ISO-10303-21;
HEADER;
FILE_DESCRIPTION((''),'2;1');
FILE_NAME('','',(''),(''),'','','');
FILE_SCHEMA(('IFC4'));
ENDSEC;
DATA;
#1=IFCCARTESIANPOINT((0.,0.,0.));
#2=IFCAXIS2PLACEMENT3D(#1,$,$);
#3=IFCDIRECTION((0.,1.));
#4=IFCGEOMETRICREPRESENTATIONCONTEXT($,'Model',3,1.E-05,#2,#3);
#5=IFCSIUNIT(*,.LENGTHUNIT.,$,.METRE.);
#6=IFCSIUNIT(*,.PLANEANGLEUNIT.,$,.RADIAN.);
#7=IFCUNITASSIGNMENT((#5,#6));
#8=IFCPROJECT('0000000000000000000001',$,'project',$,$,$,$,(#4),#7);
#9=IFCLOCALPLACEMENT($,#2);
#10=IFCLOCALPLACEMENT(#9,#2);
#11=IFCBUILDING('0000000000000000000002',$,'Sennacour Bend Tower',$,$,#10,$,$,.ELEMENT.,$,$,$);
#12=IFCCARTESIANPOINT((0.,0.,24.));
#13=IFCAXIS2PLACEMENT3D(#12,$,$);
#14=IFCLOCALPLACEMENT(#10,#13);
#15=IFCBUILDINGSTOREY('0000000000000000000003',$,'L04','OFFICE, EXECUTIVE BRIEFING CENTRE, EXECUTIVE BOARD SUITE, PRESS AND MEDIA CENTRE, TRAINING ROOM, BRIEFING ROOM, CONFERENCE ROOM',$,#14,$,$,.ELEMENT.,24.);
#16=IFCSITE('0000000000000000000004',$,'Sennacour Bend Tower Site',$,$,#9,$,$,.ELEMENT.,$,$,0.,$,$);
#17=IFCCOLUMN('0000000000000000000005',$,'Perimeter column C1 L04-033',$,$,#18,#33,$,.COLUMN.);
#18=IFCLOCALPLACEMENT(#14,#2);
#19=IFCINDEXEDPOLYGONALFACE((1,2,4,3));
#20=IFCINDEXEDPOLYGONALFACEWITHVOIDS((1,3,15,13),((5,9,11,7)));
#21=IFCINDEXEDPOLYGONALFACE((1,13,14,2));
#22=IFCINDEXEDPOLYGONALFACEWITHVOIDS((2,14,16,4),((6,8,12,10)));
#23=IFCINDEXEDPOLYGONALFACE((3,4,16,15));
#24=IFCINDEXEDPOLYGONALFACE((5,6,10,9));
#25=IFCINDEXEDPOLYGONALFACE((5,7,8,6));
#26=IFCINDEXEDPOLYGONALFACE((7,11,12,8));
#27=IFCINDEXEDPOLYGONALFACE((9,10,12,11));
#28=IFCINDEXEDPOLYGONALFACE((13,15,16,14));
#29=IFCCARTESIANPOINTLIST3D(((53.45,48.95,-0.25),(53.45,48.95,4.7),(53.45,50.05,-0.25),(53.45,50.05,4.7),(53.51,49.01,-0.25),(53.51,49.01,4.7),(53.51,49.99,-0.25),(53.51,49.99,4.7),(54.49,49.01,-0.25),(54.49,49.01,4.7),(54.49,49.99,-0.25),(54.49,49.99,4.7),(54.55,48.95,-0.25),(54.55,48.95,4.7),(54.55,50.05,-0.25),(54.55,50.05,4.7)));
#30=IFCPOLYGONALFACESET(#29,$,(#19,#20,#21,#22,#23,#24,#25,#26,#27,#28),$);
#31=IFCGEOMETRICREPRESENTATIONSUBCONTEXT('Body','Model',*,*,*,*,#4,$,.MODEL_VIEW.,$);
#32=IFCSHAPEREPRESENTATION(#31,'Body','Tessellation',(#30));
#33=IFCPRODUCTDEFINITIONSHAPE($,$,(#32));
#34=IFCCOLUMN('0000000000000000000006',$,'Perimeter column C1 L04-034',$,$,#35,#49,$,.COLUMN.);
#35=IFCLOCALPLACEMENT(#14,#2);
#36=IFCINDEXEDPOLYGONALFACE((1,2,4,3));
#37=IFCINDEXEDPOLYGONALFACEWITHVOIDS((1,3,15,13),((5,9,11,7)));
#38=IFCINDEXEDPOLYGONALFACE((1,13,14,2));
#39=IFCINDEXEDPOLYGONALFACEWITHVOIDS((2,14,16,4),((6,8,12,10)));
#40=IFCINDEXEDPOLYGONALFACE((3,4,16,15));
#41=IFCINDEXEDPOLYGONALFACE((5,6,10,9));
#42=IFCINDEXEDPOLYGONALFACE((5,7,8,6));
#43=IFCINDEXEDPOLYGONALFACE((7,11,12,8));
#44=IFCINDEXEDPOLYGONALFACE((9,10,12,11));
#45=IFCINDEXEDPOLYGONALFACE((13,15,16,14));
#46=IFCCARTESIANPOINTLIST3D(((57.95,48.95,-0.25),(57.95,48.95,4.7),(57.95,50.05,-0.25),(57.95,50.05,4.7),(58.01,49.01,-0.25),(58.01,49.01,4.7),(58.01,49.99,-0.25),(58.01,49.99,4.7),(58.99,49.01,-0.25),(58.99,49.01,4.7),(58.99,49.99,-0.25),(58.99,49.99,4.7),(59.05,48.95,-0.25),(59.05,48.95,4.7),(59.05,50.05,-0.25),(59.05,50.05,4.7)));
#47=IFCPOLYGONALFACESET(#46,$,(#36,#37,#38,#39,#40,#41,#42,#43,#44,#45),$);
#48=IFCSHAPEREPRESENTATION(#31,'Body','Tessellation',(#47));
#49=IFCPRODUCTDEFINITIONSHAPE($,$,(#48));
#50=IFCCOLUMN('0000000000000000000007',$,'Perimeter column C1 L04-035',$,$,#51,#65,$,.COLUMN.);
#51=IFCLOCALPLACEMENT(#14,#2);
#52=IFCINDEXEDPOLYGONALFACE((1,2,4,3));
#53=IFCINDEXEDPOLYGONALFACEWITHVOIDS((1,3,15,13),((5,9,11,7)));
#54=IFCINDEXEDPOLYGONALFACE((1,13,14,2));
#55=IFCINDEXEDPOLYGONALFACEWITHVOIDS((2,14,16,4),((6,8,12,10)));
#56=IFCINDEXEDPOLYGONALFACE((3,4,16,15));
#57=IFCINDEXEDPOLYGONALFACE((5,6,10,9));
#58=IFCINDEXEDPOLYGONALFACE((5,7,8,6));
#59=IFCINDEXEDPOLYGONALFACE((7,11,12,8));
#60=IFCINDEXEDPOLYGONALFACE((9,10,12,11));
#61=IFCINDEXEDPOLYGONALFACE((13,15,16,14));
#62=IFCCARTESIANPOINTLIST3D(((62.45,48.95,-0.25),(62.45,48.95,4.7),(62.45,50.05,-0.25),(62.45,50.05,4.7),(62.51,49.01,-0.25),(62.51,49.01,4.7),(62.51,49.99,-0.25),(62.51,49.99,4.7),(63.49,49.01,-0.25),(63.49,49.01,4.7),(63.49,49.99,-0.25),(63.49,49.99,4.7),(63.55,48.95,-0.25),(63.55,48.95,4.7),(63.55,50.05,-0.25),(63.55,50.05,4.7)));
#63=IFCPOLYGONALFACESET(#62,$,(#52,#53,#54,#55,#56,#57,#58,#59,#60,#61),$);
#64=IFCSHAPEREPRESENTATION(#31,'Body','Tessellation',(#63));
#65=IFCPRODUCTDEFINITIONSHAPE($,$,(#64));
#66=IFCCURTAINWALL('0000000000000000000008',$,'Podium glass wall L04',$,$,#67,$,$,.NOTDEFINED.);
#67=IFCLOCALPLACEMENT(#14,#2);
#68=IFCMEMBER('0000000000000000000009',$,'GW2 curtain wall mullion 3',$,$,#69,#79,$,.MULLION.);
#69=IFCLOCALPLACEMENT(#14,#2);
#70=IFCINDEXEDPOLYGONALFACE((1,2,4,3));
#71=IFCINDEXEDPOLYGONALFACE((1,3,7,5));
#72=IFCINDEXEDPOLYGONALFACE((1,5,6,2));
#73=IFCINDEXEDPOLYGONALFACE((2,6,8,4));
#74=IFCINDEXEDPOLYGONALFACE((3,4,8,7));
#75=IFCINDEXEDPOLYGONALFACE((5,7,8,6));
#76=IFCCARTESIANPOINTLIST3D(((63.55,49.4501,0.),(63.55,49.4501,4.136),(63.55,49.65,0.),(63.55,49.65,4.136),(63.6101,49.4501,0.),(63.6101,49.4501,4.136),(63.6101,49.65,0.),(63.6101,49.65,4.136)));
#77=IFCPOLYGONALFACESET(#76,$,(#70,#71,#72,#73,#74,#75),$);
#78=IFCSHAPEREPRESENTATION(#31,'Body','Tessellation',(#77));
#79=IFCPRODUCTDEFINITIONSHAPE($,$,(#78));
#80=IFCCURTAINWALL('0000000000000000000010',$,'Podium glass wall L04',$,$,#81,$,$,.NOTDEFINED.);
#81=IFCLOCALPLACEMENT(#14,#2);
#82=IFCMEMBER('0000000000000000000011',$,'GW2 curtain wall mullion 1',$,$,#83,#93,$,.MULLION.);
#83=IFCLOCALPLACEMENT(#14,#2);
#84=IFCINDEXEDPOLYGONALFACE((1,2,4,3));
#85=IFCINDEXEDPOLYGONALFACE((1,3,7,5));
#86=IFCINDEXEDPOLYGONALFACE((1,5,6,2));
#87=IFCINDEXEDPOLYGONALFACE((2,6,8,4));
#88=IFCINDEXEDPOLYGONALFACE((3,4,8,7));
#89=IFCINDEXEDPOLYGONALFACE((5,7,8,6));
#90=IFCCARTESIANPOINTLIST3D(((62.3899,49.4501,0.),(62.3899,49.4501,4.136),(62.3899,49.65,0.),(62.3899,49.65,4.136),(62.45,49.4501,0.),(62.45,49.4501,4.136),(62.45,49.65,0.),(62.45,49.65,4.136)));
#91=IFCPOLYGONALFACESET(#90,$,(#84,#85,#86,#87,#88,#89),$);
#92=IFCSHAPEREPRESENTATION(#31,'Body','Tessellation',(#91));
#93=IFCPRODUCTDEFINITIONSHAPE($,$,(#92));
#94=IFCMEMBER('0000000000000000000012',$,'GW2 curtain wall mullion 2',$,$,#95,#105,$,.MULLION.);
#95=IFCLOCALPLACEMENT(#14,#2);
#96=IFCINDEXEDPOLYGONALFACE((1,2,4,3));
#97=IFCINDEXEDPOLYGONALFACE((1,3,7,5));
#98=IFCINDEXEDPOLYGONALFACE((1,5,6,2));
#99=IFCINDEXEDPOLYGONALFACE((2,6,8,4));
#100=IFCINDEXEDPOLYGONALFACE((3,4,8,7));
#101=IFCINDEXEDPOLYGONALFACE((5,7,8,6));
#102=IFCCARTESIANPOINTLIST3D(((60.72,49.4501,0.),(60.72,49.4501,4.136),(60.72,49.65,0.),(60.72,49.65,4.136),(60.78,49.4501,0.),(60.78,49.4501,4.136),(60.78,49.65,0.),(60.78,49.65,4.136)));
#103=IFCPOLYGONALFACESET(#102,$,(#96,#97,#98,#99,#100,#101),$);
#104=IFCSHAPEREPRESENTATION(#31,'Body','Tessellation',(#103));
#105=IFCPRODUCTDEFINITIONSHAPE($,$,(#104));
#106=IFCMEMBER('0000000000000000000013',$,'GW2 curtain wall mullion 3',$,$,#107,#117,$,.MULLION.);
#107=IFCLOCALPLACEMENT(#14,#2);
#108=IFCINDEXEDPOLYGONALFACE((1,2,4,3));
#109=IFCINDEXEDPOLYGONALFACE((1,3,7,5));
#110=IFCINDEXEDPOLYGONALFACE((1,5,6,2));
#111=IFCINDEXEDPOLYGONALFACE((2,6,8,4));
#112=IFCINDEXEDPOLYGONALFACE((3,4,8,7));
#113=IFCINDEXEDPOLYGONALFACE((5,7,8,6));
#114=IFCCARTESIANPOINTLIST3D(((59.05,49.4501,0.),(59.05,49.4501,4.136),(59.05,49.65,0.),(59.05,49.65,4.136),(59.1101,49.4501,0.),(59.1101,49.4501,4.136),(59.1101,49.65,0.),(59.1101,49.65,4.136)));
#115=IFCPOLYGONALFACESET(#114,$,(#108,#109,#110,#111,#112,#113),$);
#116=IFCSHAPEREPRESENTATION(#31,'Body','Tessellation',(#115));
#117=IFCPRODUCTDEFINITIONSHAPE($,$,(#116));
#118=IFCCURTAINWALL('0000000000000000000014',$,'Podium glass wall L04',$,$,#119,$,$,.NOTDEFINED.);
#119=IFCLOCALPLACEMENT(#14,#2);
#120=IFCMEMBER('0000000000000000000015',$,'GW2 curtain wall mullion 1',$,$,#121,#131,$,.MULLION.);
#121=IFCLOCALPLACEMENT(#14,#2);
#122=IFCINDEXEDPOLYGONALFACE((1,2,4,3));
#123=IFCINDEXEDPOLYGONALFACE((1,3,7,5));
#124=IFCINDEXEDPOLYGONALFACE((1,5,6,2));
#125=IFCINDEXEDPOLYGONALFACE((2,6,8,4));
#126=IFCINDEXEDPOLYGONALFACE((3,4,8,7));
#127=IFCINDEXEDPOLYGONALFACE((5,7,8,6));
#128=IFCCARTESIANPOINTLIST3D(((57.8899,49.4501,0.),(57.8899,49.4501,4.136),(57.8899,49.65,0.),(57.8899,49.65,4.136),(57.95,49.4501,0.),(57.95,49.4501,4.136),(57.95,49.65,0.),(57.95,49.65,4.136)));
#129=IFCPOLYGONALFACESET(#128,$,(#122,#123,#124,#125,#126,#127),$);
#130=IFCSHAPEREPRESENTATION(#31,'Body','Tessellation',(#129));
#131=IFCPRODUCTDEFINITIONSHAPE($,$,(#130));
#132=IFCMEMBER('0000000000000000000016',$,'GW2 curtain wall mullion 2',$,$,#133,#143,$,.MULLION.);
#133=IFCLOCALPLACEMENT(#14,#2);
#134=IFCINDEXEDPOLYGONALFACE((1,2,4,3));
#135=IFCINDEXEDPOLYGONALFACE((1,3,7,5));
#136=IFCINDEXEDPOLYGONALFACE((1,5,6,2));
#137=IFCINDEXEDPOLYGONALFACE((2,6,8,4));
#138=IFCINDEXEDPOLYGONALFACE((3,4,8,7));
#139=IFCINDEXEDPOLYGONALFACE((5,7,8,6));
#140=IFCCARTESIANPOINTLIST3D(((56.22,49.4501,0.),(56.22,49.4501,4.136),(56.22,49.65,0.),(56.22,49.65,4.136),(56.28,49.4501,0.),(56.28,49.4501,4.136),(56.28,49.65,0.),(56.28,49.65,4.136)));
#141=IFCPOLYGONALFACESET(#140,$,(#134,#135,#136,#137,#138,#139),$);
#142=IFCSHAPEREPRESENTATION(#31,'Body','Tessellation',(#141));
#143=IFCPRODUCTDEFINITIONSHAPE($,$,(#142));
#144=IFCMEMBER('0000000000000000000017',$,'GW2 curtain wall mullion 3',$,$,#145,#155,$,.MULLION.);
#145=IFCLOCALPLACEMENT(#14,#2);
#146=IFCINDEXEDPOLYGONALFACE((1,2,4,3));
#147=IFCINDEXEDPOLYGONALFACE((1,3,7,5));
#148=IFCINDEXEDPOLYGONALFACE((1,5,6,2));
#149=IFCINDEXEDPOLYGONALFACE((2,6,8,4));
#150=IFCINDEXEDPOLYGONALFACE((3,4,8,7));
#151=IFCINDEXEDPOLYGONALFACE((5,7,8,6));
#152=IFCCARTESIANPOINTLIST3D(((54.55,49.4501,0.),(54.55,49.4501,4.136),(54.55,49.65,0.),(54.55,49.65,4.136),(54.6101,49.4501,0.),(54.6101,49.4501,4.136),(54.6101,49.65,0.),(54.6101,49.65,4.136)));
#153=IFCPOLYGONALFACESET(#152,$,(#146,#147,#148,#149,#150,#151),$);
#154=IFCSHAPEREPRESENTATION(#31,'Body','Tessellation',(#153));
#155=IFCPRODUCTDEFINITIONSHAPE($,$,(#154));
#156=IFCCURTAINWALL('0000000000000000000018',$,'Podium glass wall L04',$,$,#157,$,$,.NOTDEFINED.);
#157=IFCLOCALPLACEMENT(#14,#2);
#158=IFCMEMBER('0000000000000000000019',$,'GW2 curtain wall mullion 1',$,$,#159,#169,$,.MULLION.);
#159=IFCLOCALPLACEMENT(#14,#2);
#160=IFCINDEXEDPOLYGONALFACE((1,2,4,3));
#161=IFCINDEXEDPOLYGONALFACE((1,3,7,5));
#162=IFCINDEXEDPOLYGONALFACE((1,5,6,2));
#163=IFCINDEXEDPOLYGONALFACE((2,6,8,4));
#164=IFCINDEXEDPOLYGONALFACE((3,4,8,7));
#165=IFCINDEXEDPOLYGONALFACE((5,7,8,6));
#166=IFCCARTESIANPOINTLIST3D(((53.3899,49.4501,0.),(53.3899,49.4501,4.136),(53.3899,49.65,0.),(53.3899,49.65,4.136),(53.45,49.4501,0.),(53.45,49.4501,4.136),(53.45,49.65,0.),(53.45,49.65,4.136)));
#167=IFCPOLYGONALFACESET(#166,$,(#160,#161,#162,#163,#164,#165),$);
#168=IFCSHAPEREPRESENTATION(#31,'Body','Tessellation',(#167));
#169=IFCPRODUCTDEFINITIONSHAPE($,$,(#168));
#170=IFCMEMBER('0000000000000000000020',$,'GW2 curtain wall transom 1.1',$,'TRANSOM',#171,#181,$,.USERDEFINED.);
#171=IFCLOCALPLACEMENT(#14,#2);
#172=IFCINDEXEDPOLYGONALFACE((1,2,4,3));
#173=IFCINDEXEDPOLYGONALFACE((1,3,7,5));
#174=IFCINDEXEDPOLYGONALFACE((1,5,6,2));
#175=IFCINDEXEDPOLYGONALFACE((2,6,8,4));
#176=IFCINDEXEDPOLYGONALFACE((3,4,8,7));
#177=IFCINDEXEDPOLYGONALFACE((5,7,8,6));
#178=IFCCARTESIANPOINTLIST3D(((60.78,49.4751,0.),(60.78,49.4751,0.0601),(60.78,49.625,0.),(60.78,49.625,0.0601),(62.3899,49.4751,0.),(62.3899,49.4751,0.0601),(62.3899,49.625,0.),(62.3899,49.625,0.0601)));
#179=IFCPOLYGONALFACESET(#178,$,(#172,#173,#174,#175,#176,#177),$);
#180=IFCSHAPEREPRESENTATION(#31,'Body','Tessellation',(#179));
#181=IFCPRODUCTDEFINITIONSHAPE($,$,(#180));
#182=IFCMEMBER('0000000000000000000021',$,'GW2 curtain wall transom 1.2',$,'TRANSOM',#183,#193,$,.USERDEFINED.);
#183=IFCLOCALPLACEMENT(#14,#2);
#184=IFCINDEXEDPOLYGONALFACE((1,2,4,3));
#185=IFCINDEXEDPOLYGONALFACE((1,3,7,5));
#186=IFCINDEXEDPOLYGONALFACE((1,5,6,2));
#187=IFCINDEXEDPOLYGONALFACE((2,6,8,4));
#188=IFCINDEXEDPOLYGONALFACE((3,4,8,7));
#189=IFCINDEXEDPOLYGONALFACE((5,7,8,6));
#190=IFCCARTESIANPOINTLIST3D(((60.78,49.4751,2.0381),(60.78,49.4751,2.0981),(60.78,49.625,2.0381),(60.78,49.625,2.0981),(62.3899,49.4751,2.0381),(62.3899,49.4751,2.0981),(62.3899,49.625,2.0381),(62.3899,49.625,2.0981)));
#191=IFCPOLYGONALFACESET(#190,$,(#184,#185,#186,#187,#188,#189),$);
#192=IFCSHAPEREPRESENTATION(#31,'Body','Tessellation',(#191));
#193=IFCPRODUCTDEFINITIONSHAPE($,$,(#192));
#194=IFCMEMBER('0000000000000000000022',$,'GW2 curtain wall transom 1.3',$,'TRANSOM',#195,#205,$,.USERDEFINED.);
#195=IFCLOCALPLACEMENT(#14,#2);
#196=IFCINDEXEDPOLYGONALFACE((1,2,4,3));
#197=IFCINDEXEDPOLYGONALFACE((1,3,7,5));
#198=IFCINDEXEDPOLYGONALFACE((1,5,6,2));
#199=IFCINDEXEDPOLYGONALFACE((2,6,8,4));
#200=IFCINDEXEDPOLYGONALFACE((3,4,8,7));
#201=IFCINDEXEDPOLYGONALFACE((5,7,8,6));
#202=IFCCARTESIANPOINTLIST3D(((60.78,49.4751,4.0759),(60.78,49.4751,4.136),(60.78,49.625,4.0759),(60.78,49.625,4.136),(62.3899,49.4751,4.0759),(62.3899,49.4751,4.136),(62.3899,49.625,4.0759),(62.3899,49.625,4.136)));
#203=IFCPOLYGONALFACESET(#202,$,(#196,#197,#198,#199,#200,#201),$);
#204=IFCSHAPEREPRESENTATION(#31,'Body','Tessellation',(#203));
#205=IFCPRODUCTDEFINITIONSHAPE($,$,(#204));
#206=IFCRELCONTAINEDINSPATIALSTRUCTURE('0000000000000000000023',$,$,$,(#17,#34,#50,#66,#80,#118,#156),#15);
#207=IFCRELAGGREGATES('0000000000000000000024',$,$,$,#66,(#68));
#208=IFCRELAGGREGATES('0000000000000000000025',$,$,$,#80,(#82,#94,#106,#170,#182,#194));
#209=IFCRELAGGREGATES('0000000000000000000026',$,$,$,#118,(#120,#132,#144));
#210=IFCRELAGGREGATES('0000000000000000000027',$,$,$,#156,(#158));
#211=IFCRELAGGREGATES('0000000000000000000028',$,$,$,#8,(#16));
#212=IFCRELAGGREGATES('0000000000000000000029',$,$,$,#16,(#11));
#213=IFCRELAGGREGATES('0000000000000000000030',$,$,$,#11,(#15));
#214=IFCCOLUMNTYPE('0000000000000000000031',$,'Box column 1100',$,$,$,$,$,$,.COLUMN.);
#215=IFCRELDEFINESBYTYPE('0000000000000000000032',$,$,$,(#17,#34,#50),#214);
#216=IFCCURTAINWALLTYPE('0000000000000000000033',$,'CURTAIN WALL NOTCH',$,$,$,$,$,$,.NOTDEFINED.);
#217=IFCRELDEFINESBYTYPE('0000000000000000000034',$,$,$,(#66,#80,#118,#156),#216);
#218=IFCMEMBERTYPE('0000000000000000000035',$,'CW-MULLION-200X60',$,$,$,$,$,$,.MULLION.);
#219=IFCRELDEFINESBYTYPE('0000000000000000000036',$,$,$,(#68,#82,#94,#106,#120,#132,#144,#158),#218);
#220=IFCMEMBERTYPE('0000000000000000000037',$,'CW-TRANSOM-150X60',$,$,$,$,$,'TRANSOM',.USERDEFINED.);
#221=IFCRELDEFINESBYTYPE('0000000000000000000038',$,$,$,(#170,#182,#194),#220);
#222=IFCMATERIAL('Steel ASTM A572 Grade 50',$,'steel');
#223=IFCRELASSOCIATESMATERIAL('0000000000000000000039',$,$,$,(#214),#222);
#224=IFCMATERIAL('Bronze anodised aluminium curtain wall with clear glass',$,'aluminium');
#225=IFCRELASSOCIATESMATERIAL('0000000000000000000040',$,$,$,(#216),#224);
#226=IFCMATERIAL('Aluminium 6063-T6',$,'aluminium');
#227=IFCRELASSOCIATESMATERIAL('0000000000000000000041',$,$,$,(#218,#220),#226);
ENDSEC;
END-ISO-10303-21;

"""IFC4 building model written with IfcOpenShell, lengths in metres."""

from ifc_helpers import new_model, si_unit, direction, frame, origin, origin_2d, place, context, subcontext, project, spatial, rectangle, hollow_rectangle, extrude, material, material_profile, profile_set, type_object, element, aggregate, save


model = new_model("IFC4")

# Units and contexts
model_context = context("Model", 3, precision=1e-05, world=origin(), true_north=direction((0.0, 1.0)))
body_context = subcontext(model_context, "Body", "Model", "MODEL_VIEW")
ifc_project = project(units=[si_unit("LENGTHUNIT", "METRE"), si_unit("PLANEANGLEUNIT", "RADIAN")], contexts=[model_context])

# Site, building, storey
site_placement = place(None, origin())
site = spatial("IfcSite", under=ifc_project, at=site_placement, Name="Sennacour Bend Tower Site", CompositionType="ELEMENT", RefElevation=0.0)
building_placement = place(site_placement, origin())
building = spatial("IfcBuilding", under=site, at=building_placement, Name="Sennacour Bend Tower", CompositionType="ELEMENT")
storey_placement = place(building_placement, frame((0.0, 0.0, 24.0)))
storey = spatial("IfcBuildingStorey", under=building, at=storey_placement, Name="L04", Description="OFFICE, EXECUTIVE BRIEFING CENTRE, EXECUTIVE BOARD SUITE, PRESS AND MEDIA CENTRE, TRAINING ROOM, BRIEFING ROOM, CONFERENCE ROOM", CompositionType="ELEMENT", Elevation=24.0)

# Columns
ifc_material_1 = material(Name="Steel ASTM A572 Grade 50", Category="steel")
ifc_material_profile_1 = material_profile(ifc_material_1, hollow_rectangle(XDim=1.1001, YDim=1.1001, WallThickness=0.0601, at=origin_2d()), Name="Steel ASTM A572 Grade 50", Category="steel")
ifc_profile_set_1 = profile_set([ifc_material_profile_1], Name="Steel ASTM A572 Grade 50")
column_type = type_object("IfcColumnType", Name="Box column 1100", PredefinedType="COLUMN", material=ifc_profile_set_1)
for number, where, z_axis, x_axis, name in (
    (1, (54.0, 49.5, -0.25), (0.0, 0.0, 1.0), (1.0, 0.0, 0.0), "Perimeter column C1 L04-033"),
    (2, (58.5, 49.5, -0.25), (0.0, 0.0, 1.0), (1.0, 0.0, 0.0), "Perimeter column C1 L04-034"),
    (3, (63.0, 49.5, -0.25), (0.0, 0.0, 1.0), (1.0, 0.0, 0.0), "Perimeter column C1 L04-035"),
):
    element("IfcColumn", number, at=place(storey_placement, frame(where, z_axis=z_axis, x_axis=x_axis)), inside=storey, type_object=column_type, Name=name, PredefinedType="COLUMN", context=body_context, shape_type="SweptSolid", body=[
        extrude(hollow_rectangle(XDim=1.1001, YDim=1.1001, WallThickness=0.0601, at=origin_2d()), origin(), (0.0, 0.0, 1.0), 4.95),
    ])

# Curtain wall, member
ifc_material_2 = material(Name="Bronze anodised aluminium curtain wall with clear glass", Category="aluminium")
curtain_wall_type = type_object("IfcCurtainWallType", Name="CURTAIN WALL NOTCH", PredefinedType="NOTDEFINED", material=ifc_material_2)
curtain_wall_1_placement = place(storey_placement, origin())
curtain_wall_1 = element("IfcCurtainWall", 4, at=curtain_wall_1_placement, inside=storey, type_object=curtain_wall_type, Name="Podium glass wall L04", PredefinedType="NOTDEFINED")
ifc_material_3 = material(Name="Aluminium 6063-T6", Category="aluminium")
ifc_material_profile_2 = material_profile(ifc_material_3, rectangle(XDim=0.2, YDim=0.0601, at=origin_2d()), Name="Aluminium 6063-T6", Category="aluminium")
ifc_profile_set_2 = profile_set([ifc_material_profile_2], Name="Aluminium 6063-T6")
member_type_1 = type_object("IfcMemberType", Name="CW-MULLION-200X60", PredefinedType="MULLION", material=ifc_profile_set_2)
member_1_placement = place(storey_placement, frame((63.5801, 49.55, 0.0), z_axis=(0.0, 0.0, 1.0), x_axis=(0.0, -1.0, 0.0)))
member_1 = element("IfcMember", 5, at=member_1_placement, type_object=member_type_1, Name="GW2 curtain wall mullion 3", PredefinedType="MULLION", context=body_context, shape_type="SweptSolid", body=[
    extrude(rectangle(XDim=0.2, YDim=0.0601, at=origin_2d()), origin(), (0.0, 0.0, 1.0), 4.136),
])

# Curtain walls, members
curtain_wall_2_placement = place(storey_placement, origin())
curtain_wall_2 = element("IfcCurtainWall", 6, at=curtain_wall_2_placement, inside=storey, type_object=curtain_wall_type, Name="Podium glass wall L04", PredefinedType="NOTDEFINED")
member_2_placement = place(storey_placement, frame((62.4199, 49.55, 0.0), z_axis=(0.0, 0.0, 1.0), x_axis=(0.0, -1.0, 0.0)))
member_2 = element("IfcMember", 7, at=member_2_placement, type_object=member_type_1, Name="GW2 curtain wall mullion 1", PredefinedType="MULLION", context=body_context, shape_type="SweptSolid", body=[
    extrude(rectangle(XDim=0.2, YDim=0.0601, at=origin_2d()), origin(), (0.0, 0.0, 1.0), 4.136),
])
member_3_placement = place(storey_placement, frame((60.75, 49.55, 0.0), z_axis=(0.0, 0.0, 1.0), x_axis=(0.0, -1.0, 0.0)))
member_3 = element("IfcMember", 8, at=member_3_placement, type_object=member_type_1, Name="GW2 curtain wall mullion 2", PredefinedType="MULLION", context=body_context, shape_type="SweptSolid", body=[
    extrude(rectangle(XDim=0.2, YDim=0.0601, at=origin_2d()), origin(), (0.0, 0.0, 1.0), 4.136),
])
member_4_placement = place(storey_placement, frame((59.0801, 49.55, 0.0), z_axis=(0.0, 0.0, 1.0), x_axis=(0.0, -1.0, 0.0)))
member_4 = element("IfcMember", 9, at=member_4_placement, type_object=member_type_1, Name="GW2 curtain wall mullion 3", PredefinedType="MULLION", context=body_context, shape_type="SweptSolid", body=[
    extrude(rectangle(XDim=0.2, YDim=0.0601, at=origin_2d()), origin(), (0.0, 0.0, 1.0), 4.136),
])
curtain_wall_3_placement = place(storey_placement, origin())
curtain_wall_3 = element("IfcCurtainWall", 10, at=curtain_wall_3_placement, inside=storey, type_object=curtain_wall_type, Name="Podium glass wall L04", PredefinedType="NOTDEFINED")
member_5_placement = place(storey_placement, frame((57.9199, 49.55, 0.0), z_axis=(0.0, 0.0, 1.0), x_axis=(0.0, -1.0, 0.0)))
member_5 = element("IfcMember", 11, at=member_5_placement, type_object=member_type_1, Name="GW2 curtain wall mullion 1", PredefinedType="MULLION", context=body_context, shape_type="SweptSolid", body=[
    extrude(rectangle(XDim=0.2, YDim=0.0601, at=origin_2d()), origin(), (0.0, 0.0, 1.0), 4.136),
])
member_6_placement = place(storey_placement, frame((56.25, 49.55, 0.0), z_axis=(0.0, 0.0, 1.0), x_axis=(0.0, -1.0, 0.0)))
member_6 = element("IfcMember", 12, at=member_6_placement, type_object=member_type_1, Name="GW2 curtain wall mullion 2", PredefinedType="MULLION", context=body_context, shape_type="SweptSolid", body=[
    extrude(rectangle(XDim=0.2, YDim=0.0601, at=origin_2d()), origin(), (0.0, 0.0, 1.0), 4.136),
])
member_7_placement = place(storey_placement, frame((54.5801, 49.55, 0.0), z_axis=(0.0, 0.0, 1.0), x_axis=(0.0, -1.0, 0.0)))
member_7 = element("IfcMember", 13, at=member_7_placement, type_object=member_type_1, Name="GW2 curtain wall mullion 3", PredefinedType="MULLION", context=body_context, shape_type="SweptSolid", body=[
    extrude(rectangle(XDim=0.2, YDim=0.0601, at=origin_2d()), origin(), (0.0, 0.0, 1.0), 4.136),
])

# Curtain wall, member
curtain_wall_4_placement = place(storey_placement, origin())
curtain_wall_4 = element("IfcCurtainWall", 14, at=curtain_wall_4_placement, inside=storey, type_object=curtain_wall_type, Name="Podium glass wall L04", PredefinedType="NOTDEFINED")
member_8_placement = place(storey_placement, frame((53.4199, 49.55, 0.0), z_axis=(0.0, 0.0, 1.0), x_axis=(0.0, -1.0, 0.0)))
member_8 = element("IfcMember", 15, at=member_8_placement, type_object=member_type_1, Name="GW2 curtain wall mullion 1", PredefinedType="MULLION", context=body_context, shape_type="SweptSolid", body=[
    extrude(rectangle(XDim=0.2, YDim=0.0601, at=origin_2d()), origin(), (0.0, 0.0, 1.0), 4.136),
])

# Members
ifc_material_profile_3 = material_profile(ifc_material_3, rectangle(XDim=0.1499, YDim=0.0601, at=origin_2d()), Name="Aluminium 6063-T6", Category="aluminium")
ifc_profile_set_3 = profile_set([ifc_material_profile_3], Name="Aluminium 6063-T6")
member_type_2 = type_object("IfcMemberType", Name="CW-TRANSOM-150X60", ElementType="TRANSOM", PredefinedType="USERDEFINED", material=ifc_profile_set_3)
member_9_placement = place(storey_placement, frame((62.3899, 49.55, 0.03), z_axis=(-1.0, 0.0, 0.0), x_axis=(0.0, -1.0, 0.0)))
member_9 = element("IfcMember", 16, at=member_9_placement, type_object=member_type_2, Name="GW2 curtain wall transom 1.1", ObjectType="TRANSOM", PredefinedType="USERDEFINED", context=body_context, shape_type="SweptSolid", body=[
    extrude(rectangle(XDim=0.1499, YDim=0.0601, at=origin_2d()), origin(), (0.0, 0.0, 1.0), 1.6099),
])
member_10_placement = place(storey_placement, frame((62.3899, 49.55, 2.0681), z_axis=(-1.0, 0.0, 0.0), x_axis=(0.0, -1.0, 0.0)))
member_10 = element("IfcMember", 17, at=member_10_placement, type_object=member_type_2, Name="GW2 curtain wall transom 1.2", ObjectType="TRANSOM", PredefinedType="USERDEFINED", context=body_context, shape_type="SweptSolid", body=[
    extrude(rectangle(XDim=0.1499, YDim=0.0601, at=origin_2d()), origin(), (0.0, 0.0, 1.0), 1.6099),
])
member_11_placement = place(storey_placement, frame((62.3899, 49.55, 4.106), z_axis=(-1.0, 0.0, 0.0), x_axis=(0.0, -1.0, 0.0)))
member_11 = element("IfcMember", 18, at=member_11_placement, type_object=member_type_2, Name="GW2 curtain wall transom 1.3", ObjectType="TRANSOM", PredefinedType="USERDEFINED", context=body_context, shape_type="SweptSolid", body=[
    extrude(rectangle(XDim=0.1499, YDim=0.0601, at=origin_2d()), origin(), (0.0, 0.0, 1.0), 1.6099),
])

aggregate(curtain_wall_1, [member_1])
aggregate(curtain_wall_2, [member_2, member_3, member_4, member_9, member_10, member_11])
aggregate(curtain_wall_3, [member_5, member_6, member_7])
aggregate(curtain_wall_4, [member_8])

save(model, "model.ifc")
